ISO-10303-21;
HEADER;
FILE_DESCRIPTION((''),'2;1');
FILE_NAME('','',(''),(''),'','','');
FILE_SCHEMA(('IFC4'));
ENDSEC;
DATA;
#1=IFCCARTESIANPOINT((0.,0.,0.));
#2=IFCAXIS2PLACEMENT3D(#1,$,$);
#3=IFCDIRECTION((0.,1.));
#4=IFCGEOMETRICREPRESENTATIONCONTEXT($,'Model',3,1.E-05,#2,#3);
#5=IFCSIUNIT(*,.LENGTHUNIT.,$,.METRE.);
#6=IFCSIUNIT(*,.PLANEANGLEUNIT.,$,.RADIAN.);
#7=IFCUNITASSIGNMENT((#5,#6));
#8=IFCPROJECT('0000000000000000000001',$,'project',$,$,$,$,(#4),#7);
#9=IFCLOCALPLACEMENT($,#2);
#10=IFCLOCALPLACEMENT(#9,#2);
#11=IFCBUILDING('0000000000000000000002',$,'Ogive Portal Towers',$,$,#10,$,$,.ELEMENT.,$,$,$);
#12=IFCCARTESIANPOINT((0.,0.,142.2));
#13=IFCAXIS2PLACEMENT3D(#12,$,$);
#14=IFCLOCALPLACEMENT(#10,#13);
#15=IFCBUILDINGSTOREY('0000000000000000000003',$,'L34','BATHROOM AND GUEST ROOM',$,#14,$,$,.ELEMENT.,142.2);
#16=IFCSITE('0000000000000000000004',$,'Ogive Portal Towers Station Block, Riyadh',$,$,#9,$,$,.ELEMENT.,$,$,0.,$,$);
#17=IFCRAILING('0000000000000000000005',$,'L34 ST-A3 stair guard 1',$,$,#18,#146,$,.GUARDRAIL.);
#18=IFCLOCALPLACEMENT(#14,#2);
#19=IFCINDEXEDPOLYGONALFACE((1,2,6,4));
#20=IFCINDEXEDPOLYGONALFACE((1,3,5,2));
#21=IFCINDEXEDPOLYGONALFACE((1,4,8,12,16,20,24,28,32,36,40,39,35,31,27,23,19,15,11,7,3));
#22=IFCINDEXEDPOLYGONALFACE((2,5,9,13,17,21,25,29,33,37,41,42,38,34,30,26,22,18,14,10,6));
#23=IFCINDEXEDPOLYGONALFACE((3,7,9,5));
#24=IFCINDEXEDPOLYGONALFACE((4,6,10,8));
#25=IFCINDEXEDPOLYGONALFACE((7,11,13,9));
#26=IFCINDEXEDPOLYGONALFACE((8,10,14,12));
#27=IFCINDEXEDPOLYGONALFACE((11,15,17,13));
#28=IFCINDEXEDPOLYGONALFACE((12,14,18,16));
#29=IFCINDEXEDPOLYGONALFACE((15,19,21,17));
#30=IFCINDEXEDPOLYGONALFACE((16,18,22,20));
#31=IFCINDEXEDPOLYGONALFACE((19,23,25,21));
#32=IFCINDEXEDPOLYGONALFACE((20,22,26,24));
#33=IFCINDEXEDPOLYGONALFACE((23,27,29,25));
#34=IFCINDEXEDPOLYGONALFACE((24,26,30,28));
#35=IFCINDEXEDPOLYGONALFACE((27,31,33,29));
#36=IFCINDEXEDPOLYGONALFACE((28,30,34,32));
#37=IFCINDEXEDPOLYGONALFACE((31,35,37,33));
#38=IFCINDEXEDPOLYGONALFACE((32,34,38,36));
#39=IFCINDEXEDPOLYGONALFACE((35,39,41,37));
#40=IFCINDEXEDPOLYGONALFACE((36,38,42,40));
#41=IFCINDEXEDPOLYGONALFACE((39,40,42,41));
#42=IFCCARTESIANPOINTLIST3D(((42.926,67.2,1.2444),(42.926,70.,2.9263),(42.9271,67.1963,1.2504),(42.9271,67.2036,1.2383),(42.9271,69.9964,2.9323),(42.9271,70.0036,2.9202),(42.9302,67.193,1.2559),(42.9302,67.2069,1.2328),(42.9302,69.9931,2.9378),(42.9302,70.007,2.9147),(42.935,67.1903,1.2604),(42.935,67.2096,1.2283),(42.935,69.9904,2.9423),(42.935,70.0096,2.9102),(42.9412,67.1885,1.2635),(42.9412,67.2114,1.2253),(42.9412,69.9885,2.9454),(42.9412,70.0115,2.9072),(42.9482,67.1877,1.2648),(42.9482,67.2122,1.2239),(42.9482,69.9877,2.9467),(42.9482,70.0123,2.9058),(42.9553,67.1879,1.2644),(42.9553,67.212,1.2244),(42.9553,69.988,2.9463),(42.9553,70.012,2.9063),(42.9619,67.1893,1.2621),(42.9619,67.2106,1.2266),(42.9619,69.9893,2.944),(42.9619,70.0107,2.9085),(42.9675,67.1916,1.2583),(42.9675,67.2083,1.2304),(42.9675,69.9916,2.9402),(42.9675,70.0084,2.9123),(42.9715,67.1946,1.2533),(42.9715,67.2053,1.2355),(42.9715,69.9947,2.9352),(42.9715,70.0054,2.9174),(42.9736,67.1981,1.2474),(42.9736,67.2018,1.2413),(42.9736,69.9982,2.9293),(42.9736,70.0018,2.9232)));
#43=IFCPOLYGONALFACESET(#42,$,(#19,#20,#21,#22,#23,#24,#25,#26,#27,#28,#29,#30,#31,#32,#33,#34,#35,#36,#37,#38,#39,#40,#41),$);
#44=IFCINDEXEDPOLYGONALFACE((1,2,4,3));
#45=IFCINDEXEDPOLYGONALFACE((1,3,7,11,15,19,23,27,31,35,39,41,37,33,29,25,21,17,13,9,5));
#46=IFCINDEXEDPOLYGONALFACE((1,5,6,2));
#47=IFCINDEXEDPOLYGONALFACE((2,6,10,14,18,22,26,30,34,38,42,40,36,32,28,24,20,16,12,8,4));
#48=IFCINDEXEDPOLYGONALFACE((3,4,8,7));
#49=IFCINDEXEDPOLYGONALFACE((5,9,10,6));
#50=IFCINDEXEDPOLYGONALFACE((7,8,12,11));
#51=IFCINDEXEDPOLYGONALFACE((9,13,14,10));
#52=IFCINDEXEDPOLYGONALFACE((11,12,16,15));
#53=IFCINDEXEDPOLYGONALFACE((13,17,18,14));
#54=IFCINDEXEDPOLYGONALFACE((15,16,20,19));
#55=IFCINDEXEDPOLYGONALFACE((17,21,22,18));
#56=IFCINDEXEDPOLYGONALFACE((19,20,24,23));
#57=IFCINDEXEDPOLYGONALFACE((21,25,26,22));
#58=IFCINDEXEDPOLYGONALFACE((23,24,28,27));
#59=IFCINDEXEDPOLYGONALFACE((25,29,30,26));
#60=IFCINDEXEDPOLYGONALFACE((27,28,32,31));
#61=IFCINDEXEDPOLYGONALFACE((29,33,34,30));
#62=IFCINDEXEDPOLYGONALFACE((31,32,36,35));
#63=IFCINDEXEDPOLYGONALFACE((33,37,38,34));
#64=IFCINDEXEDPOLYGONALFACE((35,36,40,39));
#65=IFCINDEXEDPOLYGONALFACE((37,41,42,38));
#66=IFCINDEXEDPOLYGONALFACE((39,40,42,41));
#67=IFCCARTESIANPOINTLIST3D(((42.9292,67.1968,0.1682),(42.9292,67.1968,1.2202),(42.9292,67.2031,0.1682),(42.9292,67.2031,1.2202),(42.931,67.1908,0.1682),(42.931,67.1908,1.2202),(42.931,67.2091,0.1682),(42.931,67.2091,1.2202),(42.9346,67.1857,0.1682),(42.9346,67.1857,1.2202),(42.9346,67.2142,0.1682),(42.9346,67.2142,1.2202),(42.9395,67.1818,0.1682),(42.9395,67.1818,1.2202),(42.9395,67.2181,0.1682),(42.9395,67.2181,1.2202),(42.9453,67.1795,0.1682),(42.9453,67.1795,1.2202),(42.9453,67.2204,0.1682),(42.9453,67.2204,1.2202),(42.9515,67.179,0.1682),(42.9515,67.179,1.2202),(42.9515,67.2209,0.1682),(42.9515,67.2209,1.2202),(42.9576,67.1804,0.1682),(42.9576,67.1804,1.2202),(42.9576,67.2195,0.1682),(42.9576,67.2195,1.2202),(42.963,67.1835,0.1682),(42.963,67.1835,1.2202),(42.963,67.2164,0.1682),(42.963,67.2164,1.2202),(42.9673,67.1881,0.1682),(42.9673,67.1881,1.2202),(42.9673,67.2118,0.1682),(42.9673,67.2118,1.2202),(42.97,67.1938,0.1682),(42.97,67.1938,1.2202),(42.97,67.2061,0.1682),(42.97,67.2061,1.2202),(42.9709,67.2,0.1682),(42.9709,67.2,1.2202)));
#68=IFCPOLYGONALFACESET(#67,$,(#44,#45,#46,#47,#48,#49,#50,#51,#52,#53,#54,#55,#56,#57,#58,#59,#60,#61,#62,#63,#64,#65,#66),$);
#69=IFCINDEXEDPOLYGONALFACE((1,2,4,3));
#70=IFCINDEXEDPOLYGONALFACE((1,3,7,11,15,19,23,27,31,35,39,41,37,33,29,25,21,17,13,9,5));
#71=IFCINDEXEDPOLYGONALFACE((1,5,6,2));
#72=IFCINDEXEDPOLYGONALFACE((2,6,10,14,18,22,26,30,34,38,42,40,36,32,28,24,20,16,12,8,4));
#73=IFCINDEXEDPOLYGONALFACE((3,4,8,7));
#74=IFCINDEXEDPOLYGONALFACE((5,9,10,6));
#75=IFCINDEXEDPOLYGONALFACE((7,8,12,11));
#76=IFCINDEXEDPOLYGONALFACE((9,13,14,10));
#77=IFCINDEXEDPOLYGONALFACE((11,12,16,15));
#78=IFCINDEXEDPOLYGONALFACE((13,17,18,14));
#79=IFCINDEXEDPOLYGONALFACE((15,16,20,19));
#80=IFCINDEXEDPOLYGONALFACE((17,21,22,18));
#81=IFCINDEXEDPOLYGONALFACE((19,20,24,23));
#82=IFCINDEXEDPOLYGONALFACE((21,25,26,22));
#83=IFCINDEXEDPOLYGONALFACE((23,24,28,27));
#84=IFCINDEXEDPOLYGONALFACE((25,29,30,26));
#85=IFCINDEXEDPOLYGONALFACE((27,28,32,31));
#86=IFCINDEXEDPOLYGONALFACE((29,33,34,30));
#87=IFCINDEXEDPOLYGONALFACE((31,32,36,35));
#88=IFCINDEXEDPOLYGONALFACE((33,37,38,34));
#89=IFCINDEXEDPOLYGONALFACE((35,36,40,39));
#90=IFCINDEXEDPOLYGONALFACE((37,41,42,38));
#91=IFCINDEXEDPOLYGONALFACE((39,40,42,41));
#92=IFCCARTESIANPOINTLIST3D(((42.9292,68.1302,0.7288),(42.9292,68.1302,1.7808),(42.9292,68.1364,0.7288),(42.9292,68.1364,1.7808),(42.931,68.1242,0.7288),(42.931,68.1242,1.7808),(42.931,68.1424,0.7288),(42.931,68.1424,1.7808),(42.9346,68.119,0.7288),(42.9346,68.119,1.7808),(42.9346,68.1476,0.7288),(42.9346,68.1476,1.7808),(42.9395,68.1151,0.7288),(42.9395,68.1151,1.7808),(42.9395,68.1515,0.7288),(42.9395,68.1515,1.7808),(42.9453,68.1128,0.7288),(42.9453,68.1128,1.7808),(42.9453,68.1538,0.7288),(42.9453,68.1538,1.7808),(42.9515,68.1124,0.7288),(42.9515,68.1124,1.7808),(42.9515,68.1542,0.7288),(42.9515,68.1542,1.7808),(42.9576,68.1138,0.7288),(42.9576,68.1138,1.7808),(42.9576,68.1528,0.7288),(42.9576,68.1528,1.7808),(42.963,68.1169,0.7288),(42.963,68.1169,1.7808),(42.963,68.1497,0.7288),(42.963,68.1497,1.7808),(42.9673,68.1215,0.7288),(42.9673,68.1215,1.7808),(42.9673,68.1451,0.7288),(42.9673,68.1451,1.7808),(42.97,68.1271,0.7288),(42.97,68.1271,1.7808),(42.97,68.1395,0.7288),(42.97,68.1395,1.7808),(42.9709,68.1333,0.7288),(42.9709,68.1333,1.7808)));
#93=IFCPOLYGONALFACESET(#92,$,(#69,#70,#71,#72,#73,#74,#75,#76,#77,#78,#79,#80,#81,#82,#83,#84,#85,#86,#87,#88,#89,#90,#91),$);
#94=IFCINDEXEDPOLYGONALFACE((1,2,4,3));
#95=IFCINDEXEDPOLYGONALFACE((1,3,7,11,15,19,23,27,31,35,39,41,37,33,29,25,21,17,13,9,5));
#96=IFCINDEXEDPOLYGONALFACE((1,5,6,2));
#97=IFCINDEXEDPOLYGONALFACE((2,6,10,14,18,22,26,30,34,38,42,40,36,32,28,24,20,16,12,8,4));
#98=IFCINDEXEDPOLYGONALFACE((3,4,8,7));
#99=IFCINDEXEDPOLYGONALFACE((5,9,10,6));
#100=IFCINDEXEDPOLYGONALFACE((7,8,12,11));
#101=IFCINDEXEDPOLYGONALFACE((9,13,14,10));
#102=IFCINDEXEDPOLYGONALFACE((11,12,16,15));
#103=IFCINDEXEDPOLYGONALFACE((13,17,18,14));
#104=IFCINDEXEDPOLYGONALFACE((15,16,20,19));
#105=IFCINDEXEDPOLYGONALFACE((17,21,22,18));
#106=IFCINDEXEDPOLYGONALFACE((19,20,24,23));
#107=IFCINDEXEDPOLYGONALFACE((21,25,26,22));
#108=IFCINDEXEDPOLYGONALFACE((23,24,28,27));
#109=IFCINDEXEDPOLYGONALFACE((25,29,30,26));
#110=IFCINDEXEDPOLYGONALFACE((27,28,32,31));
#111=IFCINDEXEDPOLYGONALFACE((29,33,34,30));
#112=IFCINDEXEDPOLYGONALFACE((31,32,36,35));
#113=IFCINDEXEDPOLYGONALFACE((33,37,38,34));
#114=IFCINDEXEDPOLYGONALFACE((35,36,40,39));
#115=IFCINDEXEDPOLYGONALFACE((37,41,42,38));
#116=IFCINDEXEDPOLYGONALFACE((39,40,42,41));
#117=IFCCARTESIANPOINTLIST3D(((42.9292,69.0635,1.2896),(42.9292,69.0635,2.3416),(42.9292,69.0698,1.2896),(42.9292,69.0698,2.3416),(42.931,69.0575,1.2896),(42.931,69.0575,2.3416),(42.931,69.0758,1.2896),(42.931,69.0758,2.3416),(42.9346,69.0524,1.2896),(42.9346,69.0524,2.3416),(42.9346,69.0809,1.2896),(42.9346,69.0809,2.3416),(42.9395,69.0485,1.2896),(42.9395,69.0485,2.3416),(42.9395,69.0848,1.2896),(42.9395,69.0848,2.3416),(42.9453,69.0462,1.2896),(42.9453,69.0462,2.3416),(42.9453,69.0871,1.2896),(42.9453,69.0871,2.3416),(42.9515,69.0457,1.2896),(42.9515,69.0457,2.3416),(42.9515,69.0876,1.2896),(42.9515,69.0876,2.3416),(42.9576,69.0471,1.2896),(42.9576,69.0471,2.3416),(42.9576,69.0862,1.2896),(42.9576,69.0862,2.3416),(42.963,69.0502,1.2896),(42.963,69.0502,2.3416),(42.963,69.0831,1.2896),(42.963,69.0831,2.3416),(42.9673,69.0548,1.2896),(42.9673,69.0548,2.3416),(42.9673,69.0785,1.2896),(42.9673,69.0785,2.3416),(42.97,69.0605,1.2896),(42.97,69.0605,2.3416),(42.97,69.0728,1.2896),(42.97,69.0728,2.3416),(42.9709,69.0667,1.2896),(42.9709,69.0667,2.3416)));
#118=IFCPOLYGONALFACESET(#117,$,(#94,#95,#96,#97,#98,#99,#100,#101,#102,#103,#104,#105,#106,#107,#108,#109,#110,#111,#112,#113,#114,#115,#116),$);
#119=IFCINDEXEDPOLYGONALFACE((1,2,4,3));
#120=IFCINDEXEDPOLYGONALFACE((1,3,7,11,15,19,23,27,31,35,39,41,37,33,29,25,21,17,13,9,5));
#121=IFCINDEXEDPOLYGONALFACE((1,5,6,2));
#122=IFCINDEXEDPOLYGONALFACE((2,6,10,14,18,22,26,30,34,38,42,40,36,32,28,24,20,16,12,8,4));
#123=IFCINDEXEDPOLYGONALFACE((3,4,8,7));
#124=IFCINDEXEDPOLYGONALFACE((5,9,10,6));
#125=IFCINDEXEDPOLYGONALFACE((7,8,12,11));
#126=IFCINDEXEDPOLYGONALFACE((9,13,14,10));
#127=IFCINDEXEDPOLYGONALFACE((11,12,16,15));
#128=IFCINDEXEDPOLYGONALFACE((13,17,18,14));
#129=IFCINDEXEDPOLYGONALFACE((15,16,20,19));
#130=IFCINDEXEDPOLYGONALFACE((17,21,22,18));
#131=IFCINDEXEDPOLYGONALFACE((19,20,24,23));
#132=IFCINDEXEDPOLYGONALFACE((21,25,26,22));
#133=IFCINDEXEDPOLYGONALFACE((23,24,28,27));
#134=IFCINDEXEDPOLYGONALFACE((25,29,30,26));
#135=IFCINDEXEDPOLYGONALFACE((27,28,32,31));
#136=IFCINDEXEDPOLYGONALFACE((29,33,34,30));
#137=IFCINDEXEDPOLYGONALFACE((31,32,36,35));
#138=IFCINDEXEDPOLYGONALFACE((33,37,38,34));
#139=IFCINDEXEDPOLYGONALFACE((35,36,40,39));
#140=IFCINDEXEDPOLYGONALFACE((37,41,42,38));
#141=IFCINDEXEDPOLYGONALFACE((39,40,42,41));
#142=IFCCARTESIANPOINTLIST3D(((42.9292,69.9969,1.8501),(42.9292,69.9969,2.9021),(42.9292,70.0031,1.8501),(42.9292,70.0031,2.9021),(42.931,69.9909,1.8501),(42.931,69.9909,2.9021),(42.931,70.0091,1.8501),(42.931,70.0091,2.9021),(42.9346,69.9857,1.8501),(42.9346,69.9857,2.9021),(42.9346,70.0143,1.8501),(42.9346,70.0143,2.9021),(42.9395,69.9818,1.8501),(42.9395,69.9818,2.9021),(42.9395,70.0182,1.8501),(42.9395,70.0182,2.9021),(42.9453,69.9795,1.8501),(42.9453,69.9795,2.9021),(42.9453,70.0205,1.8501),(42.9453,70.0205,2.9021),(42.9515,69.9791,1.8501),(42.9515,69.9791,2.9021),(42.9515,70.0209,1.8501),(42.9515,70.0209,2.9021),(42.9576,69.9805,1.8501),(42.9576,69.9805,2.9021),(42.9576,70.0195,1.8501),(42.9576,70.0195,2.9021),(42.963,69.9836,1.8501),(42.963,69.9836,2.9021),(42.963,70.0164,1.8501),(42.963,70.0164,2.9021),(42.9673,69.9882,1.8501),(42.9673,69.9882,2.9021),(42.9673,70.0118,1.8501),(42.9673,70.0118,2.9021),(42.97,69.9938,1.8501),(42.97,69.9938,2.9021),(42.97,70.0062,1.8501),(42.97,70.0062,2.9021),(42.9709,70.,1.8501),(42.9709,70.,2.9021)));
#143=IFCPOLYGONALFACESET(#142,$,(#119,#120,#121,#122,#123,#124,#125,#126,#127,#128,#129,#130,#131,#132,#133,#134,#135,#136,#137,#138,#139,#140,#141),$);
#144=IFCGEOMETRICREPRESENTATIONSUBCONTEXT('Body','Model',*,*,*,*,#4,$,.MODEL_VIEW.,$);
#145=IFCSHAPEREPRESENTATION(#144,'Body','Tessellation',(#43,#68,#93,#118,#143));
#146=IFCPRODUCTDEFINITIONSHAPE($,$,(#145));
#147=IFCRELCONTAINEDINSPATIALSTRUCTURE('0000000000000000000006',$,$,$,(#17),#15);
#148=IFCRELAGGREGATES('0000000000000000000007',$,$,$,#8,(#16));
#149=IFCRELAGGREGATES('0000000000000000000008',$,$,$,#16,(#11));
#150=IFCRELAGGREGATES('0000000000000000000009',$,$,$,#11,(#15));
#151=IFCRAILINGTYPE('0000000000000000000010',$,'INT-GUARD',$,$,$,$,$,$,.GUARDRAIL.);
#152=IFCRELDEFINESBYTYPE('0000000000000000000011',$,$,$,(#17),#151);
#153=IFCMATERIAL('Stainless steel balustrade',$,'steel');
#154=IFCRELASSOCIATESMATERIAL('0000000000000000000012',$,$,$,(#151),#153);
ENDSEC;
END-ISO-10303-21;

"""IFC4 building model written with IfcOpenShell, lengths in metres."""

from ifc_helpers import new_model, si_unit, direction, frame, origin, origin_2d, place, context, subcontext, project, spatial, circle, extrude, material, type_object, element, save


model = new_model("IFC4")

# Units and contexts
model_context = context("Model", 3, precision=1e-05, world=origin(), true_north=direction((0.0, 1.0)))
body_context = subcontext(model_context, "Body", "Model", "MODEL_VIEW")
ifc_project = project(units=[si_unit("LENGTHUNIT", "METRE"), si_unit("PLANEANGLEUNIT", "RADIAN")], contexts=[model_context])

# Site, building, storey
site_placement = place(None, origin())
site = spatial("IfcSite", under=ifc_project, at=site_placement, Name="Ogive Portal Towers Station Block, Riyadh", CompositionType="ELEMENT", RefElevation=0.0)
building_placement = place(site_placement, origin())
building = spatial("IfcBuilding", under=site, at=building_placement, Name="Ogive Portal Towers", CompositionType="ELEMENT")
storey_placement = place(building_placement, frame((0.0, 0.0, 142.2)))
storey = spatial("IfcBuildingStorey", under=building, at=storey_placement, Name="L34", Description="BATHROOM AND GUEST ROOM", CompositionType="ELEMENT", Elevation=142.2)

# Railing
ifc_material_1 = material(Name="Stainless steel balustrade", Category="steel")
railing_type_1 = type_object("IfcRailingType", Name="INT-GUARD", PredefinedType="GUARDRAIL", material=ifc_material_1)
railing_1_placement = place(storey_placement, frame((42.95, 67.2, 0.1682)))
element("IfcRailing", 1, at=railing_1_placement, inside=storey, type_object=railing_type_1, Name="L34 ST-A3 stair guard 1", PredefinedType="GUARDRAIL", context=body_context, shape_type="SweptSolid", body=[
    extrude(circle(Radius=0.0239, at=origin_2d()), frame((0.0, 0.0, 1.0762), z_axis=(0.0, 0.857242, 0.514913), x_axis=(-1.0, 0.0, 0.0)), (0.0, 0.0, 1.0), 3.2664),
    extrude(circle(Radius=0.021, at=origin_2d()), origin(), (0.0, 0.0, 1.0), 1.052),
    extrude(circle(Radius=0.021, at=origin_2d()), frame((0.0, 0.9333, 0.5605)), (0.0, 0.0, 1.0), 1.052),
    extrude(circle(Radius=0.021, at=origin_2d()), frame((0.0, 1.8667, 1.1213)), (0.0, 0.0, 1.0), 1.052),
    extrude(circle(Radius=0.021, at=origin_2d()), frame((0.0, 2.8, 1.6819)), (0.0, 0.0, 1.0), 1.052),
])

save(model, "model.ifc")
